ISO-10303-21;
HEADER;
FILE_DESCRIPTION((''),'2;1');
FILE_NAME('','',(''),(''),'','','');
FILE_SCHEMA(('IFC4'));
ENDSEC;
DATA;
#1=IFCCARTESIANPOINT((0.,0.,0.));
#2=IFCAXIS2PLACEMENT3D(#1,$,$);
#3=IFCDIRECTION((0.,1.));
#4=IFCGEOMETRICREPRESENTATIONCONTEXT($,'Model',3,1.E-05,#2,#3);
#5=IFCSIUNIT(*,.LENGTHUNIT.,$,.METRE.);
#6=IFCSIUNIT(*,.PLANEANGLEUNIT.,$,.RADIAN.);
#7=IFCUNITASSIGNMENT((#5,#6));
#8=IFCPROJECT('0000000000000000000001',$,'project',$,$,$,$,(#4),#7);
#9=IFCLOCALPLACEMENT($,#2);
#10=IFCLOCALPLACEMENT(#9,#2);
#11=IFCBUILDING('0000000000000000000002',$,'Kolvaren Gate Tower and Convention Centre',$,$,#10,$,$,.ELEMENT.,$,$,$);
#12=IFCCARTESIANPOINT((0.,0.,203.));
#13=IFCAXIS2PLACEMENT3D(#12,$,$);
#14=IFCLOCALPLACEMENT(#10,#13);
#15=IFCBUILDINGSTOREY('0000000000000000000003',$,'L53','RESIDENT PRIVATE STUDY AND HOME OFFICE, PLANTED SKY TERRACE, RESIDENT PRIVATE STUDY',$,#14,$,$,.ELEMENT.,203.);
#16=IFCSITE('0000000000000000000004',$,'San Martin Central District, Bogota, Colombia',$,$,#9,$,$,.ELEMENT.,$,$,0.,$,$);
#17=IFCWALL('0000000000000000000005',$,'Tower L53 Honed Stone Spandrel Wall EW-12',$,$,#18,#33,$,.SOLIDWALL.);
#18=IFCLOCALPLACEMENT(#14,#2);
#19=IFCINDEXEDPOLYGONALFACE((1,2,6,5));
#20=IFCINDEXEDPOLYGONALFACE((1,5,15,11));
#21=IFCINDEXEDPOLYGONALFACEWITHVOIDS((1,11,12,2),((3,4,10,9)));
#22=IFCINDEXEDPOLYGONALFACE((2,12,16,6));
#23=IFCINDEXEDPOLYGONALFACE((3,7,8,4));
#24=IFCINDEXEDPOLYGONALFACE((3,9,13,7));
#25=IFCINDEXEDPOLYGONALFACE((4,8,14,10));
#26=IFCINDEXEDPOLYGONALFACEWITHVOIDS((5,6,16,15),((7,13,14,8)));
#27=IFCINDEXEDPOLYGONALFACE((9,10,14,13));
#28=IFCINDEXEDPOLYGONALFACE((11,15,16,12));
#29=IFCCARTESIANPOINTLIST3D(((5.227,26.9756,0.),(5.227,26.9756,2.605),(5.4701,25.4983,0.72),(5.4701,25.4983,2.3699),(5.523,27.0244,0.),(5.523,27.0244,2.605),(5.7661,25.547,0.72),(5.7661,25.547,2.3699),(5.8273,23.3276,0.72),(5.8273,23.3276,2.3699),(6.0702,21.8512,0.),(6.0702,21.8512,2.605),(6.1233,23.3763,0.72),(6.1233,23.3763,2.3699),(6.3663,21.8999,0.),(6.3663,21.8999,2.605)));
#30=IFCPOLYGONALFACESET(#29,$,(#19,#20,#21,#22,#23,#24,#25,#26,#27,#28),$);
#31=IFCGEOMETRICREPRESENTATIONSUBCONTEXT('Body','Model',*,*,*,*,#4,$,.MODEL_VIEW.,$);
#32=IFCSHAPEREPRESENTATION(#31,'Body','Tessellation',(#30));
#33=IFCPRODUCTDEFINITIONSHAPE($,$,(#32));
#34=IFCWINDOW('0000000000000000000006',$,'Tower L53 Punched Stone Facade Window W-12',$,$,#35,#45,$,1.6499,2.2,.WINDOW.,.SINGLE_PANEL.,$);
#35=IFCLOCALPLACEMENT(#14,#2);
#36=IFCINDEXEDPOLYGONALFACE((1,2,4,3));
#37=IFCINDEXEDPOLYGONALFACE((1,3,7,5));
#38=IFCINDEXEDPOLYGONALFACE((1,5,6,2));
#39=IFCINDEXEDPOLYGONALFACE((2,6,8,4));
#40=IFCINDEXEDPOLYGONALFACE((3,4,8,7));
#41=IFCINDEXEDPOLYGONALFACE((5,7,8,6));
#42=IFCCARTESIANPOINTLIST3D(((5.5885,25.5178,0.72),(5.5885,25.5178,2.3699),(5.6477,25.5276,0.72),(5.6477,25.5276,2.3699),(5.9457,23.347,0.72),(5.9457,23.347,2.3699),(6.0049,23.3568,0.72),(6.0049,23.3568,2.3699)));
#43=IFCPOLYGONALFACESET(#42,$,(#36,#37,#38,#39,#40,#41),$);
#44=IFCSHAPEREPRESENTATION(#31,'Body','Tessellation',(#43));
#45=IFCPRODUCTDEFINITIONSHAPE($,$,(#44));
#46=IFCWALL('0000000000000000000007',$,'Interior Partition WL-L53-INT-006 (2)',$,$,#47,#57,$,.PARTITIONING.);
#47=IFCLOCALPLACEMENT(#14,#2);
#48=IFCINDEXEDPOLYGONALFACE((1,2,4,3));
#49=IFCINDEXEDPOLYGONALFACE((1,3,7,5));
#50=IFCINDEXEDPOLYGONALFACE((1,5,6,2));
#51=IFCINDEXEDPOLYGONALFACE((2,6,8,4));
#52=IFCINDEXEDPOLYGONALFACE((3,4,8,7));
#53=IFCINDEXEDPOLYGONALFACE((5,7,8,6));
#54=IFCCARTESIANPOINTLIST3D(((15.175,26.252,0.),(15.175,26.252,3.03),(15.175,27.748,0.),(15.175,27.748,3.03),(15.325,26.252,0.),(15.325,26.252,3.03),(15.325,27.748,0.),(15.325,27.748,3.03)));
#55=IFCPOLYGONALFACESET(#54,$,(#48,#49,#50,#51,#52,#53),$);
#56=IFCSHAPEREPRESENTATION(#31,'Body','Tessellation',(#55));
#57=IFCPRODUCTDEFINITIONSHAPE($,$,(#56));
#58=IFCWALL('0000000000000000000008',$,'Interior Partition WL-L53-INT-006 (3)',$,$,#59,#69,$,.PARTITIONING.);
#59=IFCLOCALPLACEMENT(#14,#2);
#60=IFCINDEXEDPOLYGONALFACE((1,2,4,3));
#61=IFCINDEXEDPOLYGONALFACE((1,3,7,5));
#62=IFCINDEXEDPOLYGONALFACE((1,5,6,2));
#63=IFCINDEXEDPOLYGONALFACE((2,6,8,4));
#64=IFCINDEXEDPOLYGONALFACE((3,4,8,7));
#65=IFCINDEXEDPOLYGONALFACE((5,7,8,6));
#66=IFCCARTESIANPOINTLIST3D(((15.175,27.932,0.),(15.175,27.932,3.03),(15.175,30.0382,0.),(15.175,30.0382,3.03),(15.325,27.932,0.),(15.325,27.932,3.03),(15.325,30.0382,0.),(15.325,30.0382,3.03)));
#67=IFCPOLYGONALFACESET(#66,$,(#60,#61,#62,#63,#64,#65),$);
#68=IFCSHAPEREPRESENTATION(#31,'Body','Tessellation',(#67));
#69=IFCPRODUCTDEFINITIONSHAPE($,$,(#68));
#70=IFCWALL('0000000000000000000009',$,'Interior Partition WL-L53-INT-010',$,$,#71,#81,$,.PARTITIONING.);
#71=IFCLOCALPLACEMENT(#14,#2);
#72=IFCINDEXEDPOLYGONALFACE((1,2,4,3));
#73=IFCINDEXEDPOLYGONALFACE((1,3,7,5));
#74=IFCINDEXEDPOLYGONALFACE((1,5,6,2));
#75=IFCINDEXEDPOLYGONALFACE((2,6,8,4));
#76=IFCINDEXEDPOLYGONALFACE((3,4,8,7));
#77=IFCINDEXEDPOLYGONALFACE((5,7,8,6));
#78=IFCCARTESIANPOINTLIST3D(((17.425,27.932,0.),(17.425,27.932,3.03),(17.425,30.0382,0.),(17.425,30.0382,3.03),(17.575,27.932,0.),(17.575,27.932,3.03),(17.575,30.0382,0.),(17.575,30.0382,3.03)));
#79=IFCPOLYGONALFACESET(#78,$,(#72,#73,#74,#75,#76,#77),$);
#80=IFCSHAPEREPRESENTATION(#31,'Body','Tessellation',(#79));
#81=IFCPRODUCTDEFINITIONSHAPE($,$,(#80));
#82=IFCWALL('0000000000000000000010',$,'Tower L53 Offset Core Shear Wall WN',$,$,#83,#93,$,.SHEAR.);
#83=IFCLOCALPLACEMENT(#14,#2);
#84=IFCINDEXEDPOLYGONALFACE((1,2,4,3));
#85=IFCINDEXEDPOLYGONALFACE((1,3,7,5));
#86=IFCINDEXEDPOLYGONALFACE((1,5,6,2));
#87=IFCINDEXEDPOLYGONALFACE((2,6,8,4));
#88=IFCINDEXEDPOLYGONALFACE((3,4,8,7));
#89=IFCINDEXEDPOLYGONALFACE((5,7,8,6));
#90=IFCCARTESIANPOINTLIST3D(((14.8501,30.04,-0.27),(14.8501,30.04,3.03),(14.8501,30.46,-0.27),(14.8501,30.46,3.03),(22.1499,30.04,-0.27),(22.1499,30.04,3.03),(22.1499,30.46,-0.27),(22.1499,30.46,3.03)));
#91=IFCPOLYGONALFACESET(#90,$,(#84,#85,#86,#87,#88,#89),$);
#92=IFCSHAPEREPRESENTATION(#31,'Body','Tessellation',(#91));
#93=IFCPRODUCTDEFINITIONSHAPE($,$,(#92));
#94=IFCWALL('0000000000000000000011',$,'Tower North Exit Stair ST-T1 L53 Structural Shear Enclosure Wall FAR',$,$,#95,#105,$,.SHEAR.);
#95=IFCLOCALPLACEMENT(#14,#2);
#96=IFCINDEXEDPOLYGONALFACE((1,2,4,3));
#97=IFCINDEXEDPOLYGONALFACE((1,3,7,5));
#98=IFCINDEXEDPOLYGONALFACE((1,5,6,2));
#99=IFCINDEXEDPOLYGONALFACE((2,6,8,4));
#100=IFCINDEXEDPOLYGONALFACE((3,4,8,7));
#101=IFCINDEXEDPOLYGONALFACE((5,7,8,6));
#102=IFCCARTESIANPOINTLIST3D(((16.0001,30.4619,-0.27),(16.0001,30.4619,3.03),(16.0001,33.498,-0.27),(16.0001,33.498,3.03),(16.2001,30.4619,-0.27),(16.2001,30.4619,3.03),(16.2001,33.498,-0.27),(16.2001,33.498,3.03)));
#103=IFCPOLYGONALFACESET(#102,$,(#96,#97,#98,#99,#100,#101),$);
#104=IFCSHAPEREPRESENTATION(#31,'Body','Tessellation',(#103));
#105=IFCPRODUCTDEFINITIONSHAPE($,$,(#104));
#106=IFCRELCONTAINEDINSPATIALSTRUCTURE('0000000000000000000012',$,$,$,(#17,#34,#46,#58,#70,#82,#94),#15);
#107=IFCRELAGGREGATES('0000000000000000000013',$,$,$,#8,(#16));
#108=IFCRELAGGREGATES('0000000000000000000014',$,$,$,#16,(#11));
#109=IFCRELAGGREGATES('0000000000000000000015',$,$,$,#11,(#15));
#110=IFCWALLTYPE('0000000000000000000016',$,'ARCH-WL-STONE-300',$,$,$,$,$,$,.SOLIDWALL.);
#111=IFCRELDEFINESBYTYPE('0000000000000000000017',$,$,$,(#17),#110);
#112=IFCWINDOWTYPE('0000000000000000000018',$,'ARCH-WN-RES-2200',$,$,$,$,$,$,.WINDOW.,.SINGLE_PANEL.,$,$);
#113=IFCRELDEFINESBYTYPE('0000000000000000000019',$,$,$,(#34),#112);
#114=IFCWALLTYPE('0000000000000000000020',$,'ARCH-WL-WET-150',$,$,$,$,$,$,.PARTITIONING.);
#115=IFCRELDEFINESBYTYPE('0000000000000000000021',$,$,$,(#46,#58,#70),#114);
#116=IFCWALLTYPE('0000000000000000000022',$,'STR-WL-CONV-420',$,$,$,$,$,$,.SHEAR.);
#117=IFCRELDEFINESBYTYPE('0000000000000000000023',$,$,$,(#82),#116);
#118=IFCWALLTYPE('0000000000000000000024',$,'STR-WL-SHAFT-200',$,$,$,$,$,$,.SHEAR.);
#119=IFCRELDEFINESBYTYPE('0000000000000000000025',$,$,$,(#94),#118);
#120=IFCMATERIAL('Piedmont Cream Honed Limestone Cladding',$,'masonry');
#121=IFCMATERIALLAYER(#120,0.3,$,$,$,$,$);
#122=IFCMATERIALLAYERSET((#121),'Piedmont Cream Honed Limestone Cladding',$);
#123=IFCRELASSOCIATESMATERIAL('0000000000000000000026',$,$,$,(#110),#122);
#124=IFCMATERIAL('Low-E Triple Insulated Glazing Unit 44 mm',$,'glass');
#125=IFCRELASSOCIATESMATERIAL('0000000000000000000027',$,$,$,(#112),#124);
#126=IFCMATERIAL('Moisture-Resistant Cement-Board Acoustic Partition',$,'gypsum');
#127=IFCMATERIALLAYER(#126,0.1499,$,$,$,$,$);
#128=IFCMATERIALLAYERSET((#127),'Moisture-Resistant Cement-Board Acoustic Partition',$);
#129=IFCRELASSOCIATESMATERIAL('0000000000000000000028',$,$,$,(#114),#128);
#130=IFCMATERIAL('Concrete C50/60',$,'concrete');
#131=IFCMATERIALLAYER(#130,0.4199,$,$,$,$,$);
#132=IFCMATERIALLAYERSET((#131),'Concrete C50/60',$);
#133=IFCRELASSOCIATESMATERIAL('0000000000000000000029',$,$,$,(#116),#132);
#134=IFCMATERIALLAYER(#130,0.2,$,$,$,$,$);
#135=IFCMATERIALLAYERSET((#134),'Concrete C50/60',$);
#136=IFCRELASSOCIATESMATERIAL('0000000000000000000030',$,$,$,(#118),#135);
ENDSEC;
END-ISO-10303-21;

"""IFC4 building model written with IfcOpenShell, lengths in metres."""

from ifc_helpers import new_model, si_unit, direction, frame, frame_2d, origin, place, context, subcontext, project, spatial, rectangle, extrude, material, layer, layer_set, type_object, element, fill, save


model = new_model("IFC4")

# Units and contexts
model_context = context("Model", 3, precision=1e-05, world=origin(), true_north=direction((0.0, 1.0)))
body_context = subcontext(model_context, "Body", "Model", "MODEL_VIEW")
ifc_project = project(units=[si_unit("LENGTHUNIT", "METRE"), si_unit("PLANEANGLEUNIT", "RADIAN")], contexts=[model_context])

# Site, building, storey
site_placement = place(None, origin())
site = spatial("IfcSite", under=ifc_project, at=site_placement, Name="San Martin Central District, Bogota, Colombia", CompositionType="ELEMENT", RefElevation=0.0)
building_placement = place(site_placement, origin())
building = spatial("IfcBuilding", under=site, at=building_placement, Name="Kolvaren Gate Tower and Convention Centre", CompositionType="ELEMENT")
storey_placement = place(building_placement, frame((0.0, 0.0, 203.0)))
storey = spatial("IfcBuildingStorey", under=building, at=storey_placement, Name="L53", Description="RESIDENT PRIVATE STUDY AND HOME OFFICE, PLANTED SKY TERRACE, RESIDENT PRIVATE STUDY", CompositionType="ELEMENT", Elevation=203.0)

# Shared definitions
ifc_material_1 = material(Name="Piedmont Cream Honed Limestone Cladding", Category="masonry")

# Shared definitions
ifc_layer_1 = layer(ifc_material_1, 0.3)
ifc_layer_set_1 = layer_set([ifc_layer_1], Name="Piedmont Cream Honed Limestone Cladding")
wall_type_1 = type_object("IfcWallType", Name="ARCH-WL-STONE-300", PredefinedType="SOLIDWALL", material=ifc_layer_set_1)
ifc_material_2 = material(Name="Low-E Triple Insulated Glazing Unit 44 mm", Category="glass")
window_type = type_object("IfcWindowType", Name="ARCH-WN-RES-2200", PartitioningType="SINGLE_PANEL", PredefinedType="WINDOW", material=ifc_material_2)

# Wall, opening, window
wall_1_placement = place(storey_placement, frame((5.375, 27.0, 0.0), z_axis=(0.0, 0.0, 1.0), x_axis=(0.162371, -0.98673, 0.0)))
wall_1 = element("IfcWall", 1, at=wall_1_placement, inside=storey, type_object=wall_type_1, Name="Tower L53 Honed Stone Spandrel Wall EW-12", PredefinedType="SOLIDWALL", context=body_context, shape_type="SweptSolid", body=[
    extrude(rectangle(XDim=5.1934, YDim=0.3, at=frame_2d((2.5967, 0.0))), origin(), (0.0, 0.0, 1.0), 2.605),
])
opening_1_placement = place(wall_1_placement, frame((1.4971, 0.0, 0.72)))
opening_1 = element("IfcOpeningElement", 2, at=opening_1_placement, cuts=wall_1, PredefinedType="OPENING", context=body_context, shape_type="SweptSolid", body=[
    extrude(rectangle(XDim=2.2, YDim=1.6499, at=frame_2d((1.1001, 0.825))), frame((0.0, 0.1599, 0.0), z_axis=(0.0, -1.0, 0.0), x_axis=(1.0, 0.0, 0.0)), (0.0, 0.0, 1.0), 0.3201),
])
window_1_placement = place(opening_1_placement, origin())
window_1 = element("IfcWindow", 3, at=window_1_placement, inside=storey, type_object=window_type, Name="Tower L53 Punched Stone Facade Window W-12", OverallHeight=1.6499, OverallWidth=2.2, PartitioningType="SINGLE_PANEL", PredefinedType="WINDOW", context=body_context, shape_type="SweptSolid", body=[
    extrude(rectangle(XDim=2.2, YDim=1.6499, at=frame_2d((1.1001, 0.825))), frame((0.0, 0.03, 0.0), z_axis=(0.0, -1.0, 0.0), x_axis=(1.0, 0.0, 0.0)), (0.0, 0.0, 1.0), 0.0601),
])
fill(opening_1, window_1)

# Walls
ifc_material_3 = material(Name="Moisture-Resistant Cement-Board Acoustic Partition", Category="gypsum")
ifc_layer_2 = layer(ifc_material_3, 0.1499)
ifc_layer_set_2 = layer_set([ifc_layer_2], Name="Moisture-Resistant Cement-Board Acoustic Partition")
wall_type_2 = type_object("IfcWallType", Name="ARCH-WL-WET-150", PredefinedType="PARTITIONING", material=ifc_layer_set_2)
wall_2_placement = place(storey_placement, frame((15.25, 26.252, 0.0), z_axis=(0.0, 0.0, 1.0), x_axis=(0.0, 1.0, 0.0)))
element("IfcWall", 4, at=wall_2_placement, inside=storey, type_object=wall_type_2, Name="Interior Partition WL-L53-INT-006 (2)", PredefinedType="PARTITIONING", context=body_context, shape_type="SweptSolid", body=[
    extrude(rectangle(XDim=1.4961, YDim=0.1499, at=frame_2d((0.748, 0.0))), origin(), (0.0, 0.0, 1.0), 3.03),
])
for number, where, z_axis, x_axis, name in (
    (5, (15.25, 27.9319, 0.0), (0.0, 0.0, 1.0), (0.0, 1.0, 0.0), "Interior Partition WL-L53-INT-006 (3)"),
    (6, (17.5, 27.9319, 0.0), (0.0, 0.0, 1.0), (0.0, 1.0, 0.0), "Interior Partition WL-L53-INT-010"),
):
    element("IfcWall", number, at=place(storey_placement, frame(where, z_axis=z_axis, x_axis=x_axis)), inside=storey, type_object=wall_type_2, Name=name, PredefinedType="PARTITIONING", context=body_context, shape_type="SweptSolid", body=[
        extrude(rectangle(XDim=2.1062, YDim=0.1499, at=frame_2d((1.0532, 0.0))), origin(), (0.0, 0.0, 1.0), 3.03),
    ])
ifc_material_4 = material(Name="Concrete C50/60", Category="concrete")
ifc_layer_3 = layer(ifc_material_4, 0.4199)
ifc_layer_set_3 = layer_set([ifc_layer_3], Name="Concrete C50/60")
wall_type_3 = type_object("IfcWallType", Name="STR-WL-CONV-420", PredefinedType="SHEAR", material=ifc_layer_set_3)
wall_3_placement = place(storey_placement, frame((14.8501, 30.25, -0.27), z_axis=(0.0, 0.0, 1.0), x_axis=(1.0, 0.0, 0.0)))
element("IfcWall", 7, at=wall_3_placement, inside=storey, type_object=wall_type_3, Name="Tower L53 Offset Core Shear Wall WN", PredefinedType="SHEAR", context=body_context, shape_type="SweptSolid", body=[
    extrude(rectangle(XDim=7.2998, YDim=0.4199, at=frame_2d((3.6499, 0.0))), origin(), (0.0, 0.0, 1.0), 3.3),
])
ifc_layer_4 = layer(ifc_material_4, 0.2)
ifc_layer_set_4 = layer_set([ifc_layer_4], Name="Concrete C50/60")
wall_type_4 = type_object("IfcWallType", Name="STR-WL-SHAFT-200", PredefinedType="SHEAR", material=ifc_layer_set_4)
wall_4_placement = place(storey_placement, frame((16.1001, 30.4619, -0.27), z_axis=(0.0, 0.0, 1.0), x_axis=(0.0, 1.0, 0.0)))
element("IfcWall", 8, at=wall_4_placement, inside=storey, type_object=wall_type_4, Name="Tower North Exit Stair ST-T1 L53 Structural Shear Enclosure Wall FAR", PredefinedType="SHEAR", context=body_context, shape_type="SweptSolid", body=[
    extrude(rectangle(XDim=3.0361, YDim=0.2, at=frame_2d((1.5181, 0.0))), origin(), (0.0, 0.0, 1.0), 3.3),
])

save(model, "model.ifc")
